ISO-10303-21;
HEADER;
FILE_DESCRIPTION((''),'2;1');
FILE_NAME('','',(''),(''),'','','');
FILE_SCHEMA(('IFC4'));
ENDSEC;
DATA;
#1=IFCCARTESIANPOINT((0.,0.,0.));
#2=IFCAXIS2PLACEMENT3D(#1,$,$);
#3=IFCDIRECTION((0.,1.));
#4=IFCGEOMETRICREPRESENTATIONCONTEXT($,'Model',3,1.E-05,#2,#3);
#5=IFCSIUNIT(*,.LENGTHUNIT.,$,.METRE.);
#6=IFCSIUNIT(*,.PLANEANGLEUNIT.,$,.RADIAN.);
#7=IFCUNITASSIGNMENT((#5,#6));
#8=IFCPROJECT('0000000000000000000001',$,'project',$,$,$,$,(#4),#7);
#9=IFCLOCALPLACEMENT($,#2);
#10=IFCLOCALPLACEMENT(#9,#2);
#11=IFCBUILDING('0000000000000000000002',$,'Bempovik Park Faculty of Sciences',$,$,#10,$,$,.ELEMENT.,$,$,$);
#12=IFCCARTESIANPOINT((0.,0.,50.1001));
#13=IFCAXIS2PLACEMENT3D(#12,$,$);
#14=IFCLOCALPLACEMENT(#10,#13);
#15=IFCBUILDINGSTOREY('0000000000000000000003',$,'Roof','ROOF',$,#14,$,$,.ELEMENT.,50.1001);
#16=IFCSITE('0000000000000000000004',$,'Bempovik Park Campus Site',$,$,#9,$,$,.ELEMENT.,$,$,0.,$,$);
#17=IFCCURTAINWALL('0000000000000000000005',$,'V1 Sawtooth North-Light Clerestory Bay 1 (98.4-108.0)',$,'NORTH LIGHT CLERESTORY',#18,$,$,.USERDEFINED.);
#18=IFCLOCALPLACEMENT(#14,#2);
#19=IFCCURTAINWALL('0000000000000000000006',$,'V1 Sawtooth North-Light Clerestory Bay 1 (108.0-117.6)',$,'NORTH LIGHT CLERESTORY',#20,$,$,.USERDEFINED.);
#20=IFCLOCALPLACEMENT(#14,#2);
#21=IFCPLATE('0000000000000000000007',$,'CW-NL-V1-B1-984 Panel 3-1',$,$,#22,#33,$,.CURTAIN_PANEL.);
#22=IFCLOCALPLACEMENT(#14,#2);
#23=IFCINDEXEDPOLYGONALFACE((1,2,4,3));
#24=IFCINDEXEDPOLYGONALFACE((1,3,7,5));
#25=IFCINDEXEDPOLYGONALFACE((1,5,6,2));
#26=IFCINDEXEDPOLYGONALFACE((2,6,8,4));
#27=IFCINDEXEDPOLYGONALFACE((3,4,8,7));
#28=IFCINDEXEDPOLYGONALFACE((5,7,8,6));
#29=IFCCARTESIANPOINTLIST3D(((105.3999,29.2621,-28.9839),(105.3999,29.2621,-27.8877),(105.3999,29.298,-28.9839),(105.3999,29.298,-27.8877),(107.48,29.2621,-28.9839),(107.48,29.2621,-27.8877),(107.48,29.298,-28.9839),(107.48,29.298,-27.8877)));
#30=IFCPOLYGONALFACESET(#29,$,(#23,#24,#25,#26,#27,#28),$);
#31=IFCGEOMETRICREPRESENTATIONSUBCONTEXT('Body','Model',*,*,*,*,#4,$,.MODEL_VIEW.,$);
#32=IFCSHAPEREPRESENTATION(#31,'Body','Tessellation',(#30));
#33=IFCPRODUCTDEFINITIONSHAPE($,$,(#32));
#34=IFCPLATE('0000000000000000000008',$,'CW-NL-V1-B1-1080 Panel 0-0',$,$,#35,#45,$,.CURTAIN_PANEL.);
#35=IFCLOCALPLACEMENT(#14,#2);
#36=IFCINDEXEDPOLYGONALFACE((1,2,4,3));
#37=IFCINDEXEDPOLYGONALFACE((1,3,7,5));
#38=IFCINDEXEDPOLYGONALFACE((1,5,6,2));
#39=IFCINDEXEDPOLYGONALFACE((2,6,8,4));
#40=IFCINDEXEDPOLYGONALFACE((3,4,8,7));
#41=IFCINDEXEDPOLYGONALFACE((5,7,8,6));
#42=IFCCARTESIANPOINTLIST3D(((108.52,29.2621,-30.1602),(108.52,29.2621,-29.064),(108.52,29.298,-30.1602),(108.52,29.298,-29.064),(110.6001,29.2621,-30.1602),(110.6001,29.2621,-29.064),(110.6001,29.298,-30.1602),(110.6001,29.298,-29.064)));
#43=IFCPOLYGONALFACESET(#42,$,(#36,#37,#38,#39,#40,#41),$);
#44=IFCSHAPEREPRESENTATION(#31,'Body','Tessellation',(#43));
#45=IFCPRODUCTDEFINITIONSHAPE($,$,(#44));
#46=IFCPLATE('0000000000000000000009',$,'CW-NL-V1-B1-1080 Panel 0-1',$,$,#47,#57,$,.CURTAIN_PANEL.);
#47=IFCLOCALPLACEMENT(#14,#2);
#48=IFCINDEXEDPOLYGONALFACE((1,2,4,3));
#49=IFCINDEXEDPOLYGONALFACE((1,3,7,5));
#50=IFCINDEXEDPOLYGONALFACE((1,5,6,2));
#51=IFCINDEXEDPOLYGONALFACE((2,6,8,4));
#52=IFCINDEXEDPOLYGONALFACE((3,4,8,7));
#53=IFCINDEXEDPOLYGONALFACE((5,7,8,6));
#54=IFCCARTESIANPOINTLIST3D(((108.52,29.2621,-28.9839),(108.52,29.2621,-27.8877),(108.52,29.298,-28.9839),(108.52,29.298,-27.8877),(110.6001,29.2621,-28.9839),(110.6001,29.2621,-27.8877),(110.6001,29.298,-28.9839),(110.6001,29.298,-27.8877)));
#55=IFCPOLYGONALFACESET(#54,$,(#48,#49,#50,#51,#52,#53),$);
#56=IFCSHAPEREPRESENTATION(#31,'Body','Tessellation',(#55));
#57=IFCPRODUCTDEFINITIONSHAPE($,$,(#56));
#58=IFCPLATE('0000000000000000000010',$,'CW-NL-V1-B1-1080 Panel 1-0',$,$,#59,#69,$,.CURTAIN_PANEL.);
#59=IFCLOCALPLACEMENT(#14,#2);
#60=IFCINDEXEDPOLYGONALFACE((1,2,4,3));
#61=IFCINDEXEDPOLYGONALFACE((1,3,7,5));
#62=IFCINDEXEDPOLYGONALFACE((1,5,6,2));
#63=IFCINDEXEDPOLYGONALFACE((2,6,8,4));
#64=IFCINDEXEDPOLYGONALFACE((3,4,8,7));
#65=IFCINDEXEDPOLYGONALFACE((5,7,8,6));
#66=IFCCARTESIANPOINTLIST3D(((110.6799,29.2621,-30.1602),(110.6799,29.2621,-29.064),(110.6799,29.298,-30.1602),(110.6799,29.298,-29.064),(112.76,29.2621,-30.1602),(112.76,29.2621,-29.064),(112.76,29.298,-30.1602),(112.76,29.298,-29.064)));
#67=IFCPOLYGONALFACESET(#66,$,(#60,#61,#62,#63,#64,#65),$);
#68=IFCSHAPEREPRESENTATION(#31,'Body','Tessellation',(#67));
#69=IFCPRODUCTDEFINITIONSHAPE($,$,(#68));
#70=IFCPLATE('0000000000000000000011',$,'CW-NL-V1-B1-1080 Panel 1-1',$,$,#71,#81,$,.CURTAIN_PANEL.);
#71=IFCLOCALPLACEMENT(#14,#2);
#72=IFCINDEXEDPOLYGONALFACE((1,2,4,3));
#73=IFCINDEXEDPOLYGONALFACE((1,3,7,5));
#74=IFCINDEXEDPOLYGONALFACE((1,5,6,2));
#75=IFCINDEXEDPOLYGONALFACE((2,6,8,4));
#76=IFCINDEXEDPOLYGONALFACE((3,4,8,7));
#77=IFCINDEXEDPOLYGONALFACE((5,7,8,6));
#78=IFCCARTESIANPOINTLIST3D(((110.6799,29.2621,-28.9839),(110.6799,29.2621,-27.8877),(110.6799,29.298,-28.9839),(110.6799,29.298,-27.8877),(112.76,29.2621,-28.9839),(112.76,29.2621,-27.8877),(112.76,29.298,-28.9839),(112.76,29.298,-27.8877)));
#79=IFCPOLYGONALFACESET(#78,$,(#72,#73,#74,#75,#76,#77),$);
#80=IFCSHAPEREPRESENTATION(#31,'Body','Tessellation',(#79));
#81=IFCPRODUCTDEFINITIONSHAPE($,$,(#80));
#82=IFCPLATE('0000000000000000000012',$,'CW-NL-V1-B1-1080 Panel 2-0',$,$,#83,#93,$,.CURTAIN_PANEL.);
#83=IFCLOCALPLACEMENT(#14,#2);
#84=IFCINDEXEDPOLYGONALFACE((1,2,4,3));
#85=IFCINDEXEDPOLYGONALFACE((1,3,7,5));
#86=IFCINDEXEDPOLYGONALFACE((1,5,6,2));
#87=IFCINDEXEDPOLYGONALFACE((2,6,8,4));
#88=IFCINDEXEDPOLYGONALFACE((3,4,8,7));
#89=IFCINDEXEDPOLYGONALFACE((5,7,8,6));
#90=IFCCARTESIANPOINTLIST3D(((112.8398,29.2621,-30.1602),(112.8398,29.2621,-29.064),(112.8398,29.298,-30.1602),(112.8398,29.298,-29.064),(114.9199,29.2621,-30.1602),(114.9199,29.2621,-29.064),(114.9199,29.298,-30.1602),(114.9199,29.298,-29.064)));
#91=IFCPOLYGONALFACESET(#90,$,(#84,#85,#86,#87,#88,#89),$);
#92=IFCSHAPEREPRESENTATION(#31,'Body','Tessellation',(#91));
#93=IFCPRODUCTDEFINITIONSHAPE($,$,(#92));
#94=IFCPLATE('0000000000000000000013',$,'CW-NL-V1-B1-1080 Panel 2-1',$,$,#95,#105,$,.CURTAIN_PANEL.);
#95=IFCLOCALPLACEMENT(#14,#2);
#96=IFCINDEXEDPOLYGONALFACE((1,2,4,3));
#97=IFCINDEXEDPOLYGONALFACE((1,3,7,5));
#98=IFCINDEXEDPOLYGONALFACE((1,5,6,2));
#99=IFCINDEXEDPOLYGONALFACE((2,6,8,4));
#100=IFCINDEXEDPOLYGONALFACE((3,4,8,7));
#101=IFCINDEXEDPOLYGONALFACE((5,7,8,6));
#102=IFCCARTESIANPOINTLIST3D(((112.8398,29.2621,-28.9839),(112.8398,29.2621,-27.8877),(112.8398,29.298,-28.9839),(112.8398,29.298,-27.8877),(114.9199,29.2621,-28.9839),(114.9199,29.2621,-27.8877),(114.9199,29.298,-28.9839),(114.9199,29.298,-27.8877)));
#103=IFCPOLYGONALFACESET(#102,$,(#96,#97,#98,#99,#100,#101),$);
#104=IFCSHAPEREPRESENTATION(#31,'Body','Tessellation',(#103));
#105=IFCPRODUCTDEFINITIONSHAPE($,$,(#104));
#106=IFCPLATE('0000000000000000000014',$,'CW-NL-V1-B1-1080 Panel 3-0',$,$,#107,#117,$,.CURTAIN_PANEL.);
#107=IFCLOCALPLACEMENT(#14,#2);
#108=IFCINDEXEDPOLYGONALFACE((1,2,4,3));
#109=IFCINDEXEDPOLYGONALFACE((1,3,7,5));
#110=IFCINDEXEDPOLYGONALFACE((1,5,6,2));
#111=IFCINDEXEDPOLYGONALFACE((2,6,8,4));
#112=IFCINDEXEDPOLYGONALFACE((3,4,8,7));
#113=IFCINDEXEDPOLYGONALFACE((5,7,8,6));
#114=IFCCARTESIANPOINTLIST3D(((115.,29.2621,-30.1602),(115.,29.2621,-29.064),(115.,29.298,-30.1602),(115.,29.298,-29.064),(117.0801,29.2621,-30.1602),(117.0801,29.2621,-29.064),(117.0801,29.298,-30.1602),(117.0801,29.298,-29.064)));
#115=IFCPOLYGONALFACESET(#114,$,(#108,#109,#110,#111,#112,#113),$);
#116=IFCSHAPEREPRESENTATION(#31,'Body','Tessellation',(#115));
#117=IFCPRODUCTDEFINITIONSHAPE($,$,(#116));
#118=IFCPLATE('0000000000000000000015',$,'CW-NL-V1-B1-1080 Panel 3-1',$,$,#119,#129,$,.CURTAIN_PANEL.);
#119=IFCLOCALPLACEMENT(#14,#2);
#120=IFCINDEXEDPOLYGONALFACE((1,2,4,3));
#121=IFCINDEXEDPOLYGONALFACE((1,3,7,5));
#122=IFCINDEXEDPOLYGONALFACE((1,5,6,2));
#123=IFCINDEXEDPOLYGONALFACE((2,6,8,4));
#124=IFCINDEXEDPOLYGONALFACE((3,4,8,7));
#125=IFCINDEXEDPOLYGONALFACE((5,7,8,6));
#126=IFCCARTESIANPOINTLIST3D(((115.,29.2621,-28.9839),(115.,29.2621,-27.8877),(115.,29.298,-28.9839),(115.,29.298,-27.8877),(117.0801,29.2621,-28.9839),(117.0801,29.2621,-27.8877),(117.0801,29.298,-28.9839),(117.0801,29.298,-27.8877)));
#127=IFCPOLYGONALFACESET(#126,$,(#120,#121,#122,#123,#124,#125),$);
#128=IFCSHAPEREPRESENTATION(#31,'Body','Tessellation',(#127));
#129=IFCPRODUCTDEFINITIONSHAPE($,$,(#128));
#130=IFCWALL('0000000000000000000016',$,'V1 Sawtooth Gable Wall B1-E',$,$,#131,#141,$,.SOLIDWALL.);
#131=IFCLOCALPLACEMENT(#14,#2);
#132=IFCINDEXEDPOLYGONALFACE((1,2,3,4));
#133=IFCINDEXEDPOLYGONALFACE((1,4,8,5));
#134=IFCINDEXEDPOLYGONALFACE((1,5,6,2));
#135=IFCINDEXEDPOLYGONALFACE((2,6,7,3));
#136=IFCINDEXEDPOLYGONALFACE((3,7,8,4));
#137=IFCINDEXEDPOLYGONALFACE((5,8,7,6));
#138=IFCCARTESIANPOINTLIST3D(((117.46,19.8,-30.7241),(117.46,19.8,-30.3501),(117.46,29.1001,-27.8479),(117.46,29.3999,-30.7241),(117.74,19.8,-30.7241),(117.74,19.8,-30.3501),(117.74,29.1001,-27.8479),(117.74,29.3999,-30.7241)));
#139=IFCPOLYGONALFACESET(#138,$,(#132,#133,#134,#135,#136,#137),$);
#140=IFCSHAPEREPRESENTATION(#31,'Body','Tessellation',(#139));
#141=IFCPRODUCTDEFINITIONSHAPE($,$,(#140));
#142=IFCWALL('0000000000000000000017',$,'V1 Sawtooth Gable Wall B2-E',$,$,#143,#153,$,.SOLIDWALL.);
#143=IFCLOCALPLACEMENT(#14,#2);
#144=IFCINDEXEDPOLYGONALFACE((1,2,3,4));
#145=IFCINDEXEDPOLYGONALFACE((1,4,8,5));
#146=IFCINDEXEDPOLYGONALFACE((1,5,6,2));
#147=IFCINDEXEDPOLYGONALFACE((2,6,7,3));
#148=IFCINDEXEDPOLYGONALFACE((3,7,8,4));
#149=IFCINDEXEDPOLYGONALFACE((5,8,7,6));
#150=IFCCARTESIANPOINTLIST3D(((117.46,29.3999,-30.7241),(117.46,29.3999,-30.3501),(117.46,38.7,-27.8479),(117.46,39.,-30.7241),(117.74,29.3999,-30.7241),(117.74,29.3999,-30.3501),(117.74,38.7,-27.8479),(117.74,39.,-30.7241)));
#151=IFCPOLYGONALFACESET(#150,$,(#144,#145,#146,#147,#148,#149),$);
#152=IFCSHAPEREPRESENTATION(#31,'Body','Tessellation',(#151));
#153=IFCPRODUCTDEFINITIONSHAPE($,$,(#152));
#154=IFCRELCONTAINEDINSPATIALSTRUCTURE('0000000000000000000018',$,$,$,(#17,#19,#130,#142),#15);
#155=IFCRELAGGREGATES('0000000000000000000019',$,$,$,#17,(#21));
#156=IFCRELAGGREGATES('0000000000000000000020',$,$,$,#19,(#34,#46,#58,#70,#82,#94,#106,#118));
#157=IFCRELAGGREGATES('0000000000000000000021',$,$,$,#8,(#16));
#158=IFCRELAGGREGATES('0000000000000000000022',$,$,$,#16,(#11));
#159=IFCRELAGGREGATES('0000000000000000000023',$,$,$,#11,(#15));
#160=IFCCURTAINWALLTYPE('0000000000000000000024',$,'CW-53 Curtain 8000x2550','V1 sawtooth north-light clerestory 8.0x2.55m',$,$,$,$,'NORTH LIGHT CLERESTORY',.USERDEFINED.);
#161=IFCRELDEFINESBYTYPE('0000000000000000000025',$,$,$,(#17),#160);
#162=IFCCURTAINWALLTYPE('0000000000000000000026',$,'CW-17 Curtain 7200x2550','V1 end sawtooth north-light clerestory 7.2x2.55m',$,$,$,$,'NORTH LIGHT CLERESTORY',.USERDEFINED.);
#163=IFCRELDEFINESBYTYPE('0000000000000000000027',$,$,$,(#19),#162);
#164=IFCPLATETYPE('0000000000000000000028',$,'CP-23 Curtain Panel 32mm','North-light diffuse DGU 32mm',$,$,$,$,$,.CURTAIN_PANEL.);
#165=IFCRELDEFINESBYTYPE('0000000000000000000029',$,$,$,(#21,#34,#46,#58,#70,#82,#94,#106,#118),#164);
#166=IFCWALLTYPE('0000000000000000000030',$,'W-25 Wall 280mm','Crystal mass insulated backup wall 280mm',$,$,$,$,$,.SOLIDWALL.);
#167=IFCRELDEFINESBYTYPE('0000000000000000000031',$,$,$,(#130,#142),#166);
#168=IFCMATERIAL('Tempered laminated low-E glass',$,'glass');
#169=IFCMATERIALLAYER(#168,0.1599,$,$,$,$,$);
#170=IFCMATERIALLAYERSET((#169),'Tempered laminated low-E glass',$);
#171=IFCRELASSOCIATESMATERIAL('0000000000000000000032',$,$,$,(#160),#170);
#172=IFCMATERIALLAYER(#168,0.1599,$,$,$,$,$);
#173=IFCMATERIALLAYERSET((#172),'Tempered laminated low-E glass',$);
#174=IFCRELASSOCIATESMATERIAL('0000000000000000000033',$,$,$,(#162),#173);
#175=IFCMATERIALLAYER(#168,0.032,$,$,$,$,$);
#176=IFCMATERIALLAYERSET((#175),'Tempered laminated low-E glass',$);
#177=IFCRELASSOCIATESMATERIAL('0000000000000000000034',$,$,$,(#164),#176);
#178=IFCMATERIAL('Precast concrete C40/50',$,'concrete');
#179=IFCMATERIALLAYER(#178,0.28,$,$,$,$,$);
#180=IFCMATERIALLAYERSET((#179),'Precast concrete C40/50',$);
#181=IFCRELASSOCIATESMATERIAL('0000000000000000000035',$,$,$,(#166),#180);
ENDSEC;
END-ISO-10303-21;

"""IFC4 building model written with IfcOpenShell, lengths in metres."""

from ifc_helpers import new_model, si_unit, direction, frame, origin, origin_2d, place, context, subcontext, project, spatial, polyline, rectangle, outline, extrude, material, layer, layer_set, type_object, element, aggregate, save


model = new_model("IFC4")

# Units and contexts
model_context = context("Model", 3, precision=1e-05, world=origin(), true_north=direction((0.0, 1.0)))
body_context = subcontext(model_context, "Body", "Model", "MODEL_VIEW")
ifc_project = project(units=[si_unit("LENGTHUNIT", "METRE"), si_unit("PLANEANGLEUNIT", "RADIAN")], contexts=[model_context])

# Site, building, storey
site_placement = place(None, origin())
site = spatial("IfcSite", under=ifc_project, at=site_placement, Name="Bempovik Park Campus Site", CompositionType="ELEMENT", RefElevation=0.0)
building_placement = place(site_placement, origin())
building = spatial("IfcBuilding", under=site, at=building_placement, Name="Bempovik Park Faculty of Sciences", CompositionType="ELEMENT")
storey_placement = place(building_placement, frame((0.0, 0.0, 50.1001)))
storey = spatial("IfcBuildingStorey", under=building, at=storey_placement, Name="Roof", Description="ROOF", CompositionType="ELEMENT", Elevation=50.1001)

# Curtain walls
ifc_material_1 = material(Name="Tempered laminated low-E glass", Category="glass")
ifc_layer_1 = layer(ifc_material_1, 0.1599)
ifc_layer_set_1 = layer_set([ifc_layer_1], Name="Tempered laminated low-E glass")
curtain_wall_type_1 = type_object("IfcCurtainWallType", Name="CW-53 Curtain 8000x2550", Description="V1 sawtooth north-light clerestory 8.0x2.55m", ElementType="NORTH LIGHT CLERESTORY", PredefinedType="USERDEFINED", material=ifc_layer_set_1)
curtain_wall_1_placement = place(storey_placement, origin())
curtain_wall_1 = element("IfcCurtainWall", 1, at=curtain_wall_1_placement, inside=storey, type_object=curtain_wall_type_1, Name="V1 Sawtooth North-Light Clerestory Bay 1 (98.4-108.0)", ObjectType="NORTH LIGHT CLERESTORY", PredefinedType="USERDEFINED")
ifc_layer_2 = layer(ifc_material_1, 0.1599)
ifc_layer_set_2 = layer_set([ifc_layer_2], Name="Tempered laminated low-E glass")
curtain_wall_type_2 = type_object("IfcCurtainWallType", Name="CW-17 Curtain 7200x2550", Description="V1 end sawtooth north-light clerestory 7.2x2.55m", ElementType="NORTH LIGHT CLERESTORY", PredefinedType="USERDEFINED", material=ifc_layer_set_2)
curtain_wall_2_placement = place(storey_placement, origin())
curtain_wall_2 = element("IfcCurtainWall", 2, at=curtain_wall_2_placement, inside=storey, type_object=curtain_wall_type_2, Name="V1 Sawtooth North-Light Clerestory Bay 1 (108.0-117.6)", ObjectType="NORTH LIGHT CLERESTORY", PredefinedType="USERDEFINED")

# Plates
ifc_layer_3 = layer(ifc_material_1, 0.032)
ifc_layer_set_3 = layer_set([ifc_layer_3], Name="Tempered laminated low-E glass")
plate_type = type_object("IfcPlateType", Name="CP-23 Curtain Panel 32mm", Description="North-light diffuse DGU 32mm", PredefinedType="CURTAIN_PANEL", material=ifc_layer_set_3)
plate_1_placement = place(storey_placement, frame((106.4399, 29.28, -28.9839), z_axis=(0.0, 0.0, 1.0), x_axis=(1.0, 0.0, 0.0)))
plate_1 = element("IfcPlate", 3, at=plate_1_placement, type_object=plate_type, Name="CW-NL-V1-B1-984 Panel 3-1", PredefinedType="CURTAIN_PANEL", context=body_context, shape_type="SweptSolid", body=[
    extrude(rectangle(XDim=2.0801, YDim=0.0359, at=origin_2d()), origin(), (0.0, 0.0, 1.0), 1.0962),
])
aggregate(curtain_wall_1, [plate_1])
plate_2_placement = place(storey_placement, frame((109.5601, 29.28, -30.1602), z_axis=(0.0, 0.0, 1.0), x_axis=(1.0, 0.0, 0.0)))
plate_2 = element("IfcPlate", 4, at=plate_2_placement, type_object=plate_type, Name="CW-NL-V1-B1-1080 Panel 0-0", PredefinedType="CURTAIN_PANEL", context=body_context, shape_type="SweptSolid", body=[
    extrude(rectangle(XDim=2.0801, YDim=0.0359, at=origin_2d()), origin(), (0.0, 0.0, 1.0), 1.0962),
])
plate_3_placement = place(storey_placement, frame((109.5601, 29.28, -28.9839), z_axis=(0.0, 0.0, 1.0), x_axis=(1.0, 0.0, 0.0)))
plate_3 = element("IfcPlate", 5, at=plate_3_placement, type_object=plate_type, Name="CW-NL-V1-B1-1080 Panel 0-1", PredefinedType="CURTAIN_PANEL", context=body_context, shape_type="SweptSolid", body=[
    extrude(rectangle(XDim=2.0801, YDim=0.0359, at=origin_2d()), origin(), (0.0, 0.0, 1.0), 1.0962),
])
plate_4_placement = place(storey_placement, frame((111.72, 29.28, -30.1602), z_axis=(0.0, 0.0, 1.0), x_axis=(1.0, 0.0, 0.0)))
plate_4 = element("IfcPlate", 6, at=plate_4_placement, type_object=plate_type, Name="CW-NL-V1-B1-1080 Panel 1-0", PredefinedType="CURTAIN_PANEL", context=body_context, shape_type="SweptSolid", body=[
    extrude(rectangle(XDim=2.0801, YDim=0.0359, at=origin_2d()), origin(), (0.0, 0.0, 1.0), 1.0962),
])
plate_5_placement = place(storey_placement, frame((111.72, 29.28, -28.9839), z_axis=(0.0, 0.0, 1.0), x_axis=(1.0, 0.0, 0.0)))
plate_5 = element("IfcPlate", 7, at=plate_5_placement, type_object=plate_type, Name="CW-NL-V1-B1-1080 Panel 1-1", PredefinedType="CURTAIN_PANEL", context=body_context, shape_type="SweptSolid", body=[
    extrude(rectangle(XDim=2.0801, YDim=0.0359, at=origin_2d()), origin(), (0.0, 0.0, 1.0), 1.0962),
])
plate_6_placement = place(storey_placement, frame((113.8799, 29.28, -30.1602), z_axis=(0.0, 0.0, 1.0), x_axis=(1.0, 0.0, 0.0)))
plate_6 = element("IfcPlate", 8, at=plate_6_placement, type_object=plate_type, Name="CW-NL-V1-B1-1080 Panel 2-0", PredefinedType="CURTAIN_PANEL", context=body_context, shape_type="SweptSolid", body=[
    extrude(rectangle(XDim=2.0801, YDim=0.0359, at=origin_2d()), origin(), (0.0, 0.0, 1.0), 1.0962),
])
plate_7_placement = place(storey_placement, frame((113.8799, 29.28, -28.9839), z_axis=(0.0, 0.0, 1.0), x_axis=(1.0, 0.0, 0.0)))
plate_7 = element("IfcPlate", 9, at=plate_7_placement, type_object=plate_type, Name="CW-NL-V1-B1-1080 Panel 2-1", PredefinedType="CURTAIN_PANEL", context=body_context, shape_type="SweptSolid", body=[
    extrude(rectangle(XDim=2.0801, YDim=0.0359, at=origin_2d()), origin(), (0.0, 0.0, 1.0), 1.0962),
])
plate_8_placement = place(storey_placement, frame((116.04, 29.28, -30.1602), z_axis=(0.0, 0.0, 1.0), x_axis=(1.0, 0.0, 0.0)))
plate_8 = element("IfcPlate", 10, at=plate_8_placement, type_object=plate_type, Name="CW-NL-V1-B1-1080 Panel 3-0", PredefinedType="CURTAIN_PANEL", context=body_context, shape_type="SweptSolid", body=[
    extrude(rectangle(XDim=2.0801, YDim=0.0359, at=origin_2d()), origin(), (0.0, 0.0, 1.0), 1.0962),
])
plate_9_placement = place(storey_placement, frame((116.04, 29.28, -28.9839), z_axis=(0.0, 0.0, 1.0), x_axis=(1.0, 0.0, 0.0)))
plate_9 = element("IfcPlate", 11, at=plate_9_placement, type_object=plate_type, Name="CW-NL-V1-B1-1080 Panel 3-1", PredefinedType="CURTAIN_PANEL", context=body_context, shape_type="SweptSolid", body=[
    extrude(rectangle(XDim=2.0801, YDim=0.0359, at=origin_2d()), origin(), (0.0, 0.0, 1.0), 1.0962),
])
aggregate(curtain_wall_2, [plate_2, plate_3, plate_4, plate_5, plate_6, plate_7, plate_8, plate_9])

# Walls
ifc_material_2 = material(Name="Precast concrete C40/50", Category="concrete")
ifc_layer_4 = layer(ifc_material_2, 0.28)
ifc_layer_set_4 = layer_set([ifc_layer_4], Name="Precast concrete C40/50")
wall_type = type_object("IfcWallType", Name="W-25 Wall 280mm", Description="Crystal mass insulated backup wall 280mm", PredefinedType="SOLIDWALL", material=ifc_layer_set_4)
wall_1_placement = place(storey_placement, frame((117.6001, 19.8, -30.7241), z_axis=(0.0, 0.0, 1.0), x_axis=(0.0, 1.0, 0.0)))
element("IfcWall", 12, at=wall_1_placement, inside=storey, type_object=wall_type, Name="V1 Sawtooth Gable Wall B1-E", PredefinedType="SOLIDWALL", context=body_context, shape_type="SweptSolid", body=[
    extrude(outline(polyline([(0.0, 0.0), (9.5999, 0.0), (9.3, 2.8762), (0.0, 0.374), (0.0, 0.0)])), frame((0.0, 0.1401, 0.0), z_axis=(0.0, -1.0, 0.0), x_axis=(1.0, 0.0, 0.0)), (0.0, 0.0, 1.0), 0.28),
])
wall_2_placement = place(storey_placement, frame((117.6001, 29.3999, -30.7241), z_axis=(0.0, 0.0, 1.0), x_axis=(0.0, 1.0, 0.0)))
element("IfcWall", 13, at=wall_2_placement, inside=storey, type_object=wall_type, Name="V1 Sawtooth Gable Wall B2-E", PredefinedType="SOLIDWALL", context=body_context, shape_type="SweptSolid", body=[
    extrude(outline(polyline([(0.0, 0.0), (9.6001, 0.0), (9.3, 2.8762), (0.0, 0.374), (0.0, 0.0)])), frame((0.0, 0.1401, 0.0), z_axis=(0.0, -1.0, 0.0), x_axis=(1.0, 0.0, 0.0)), (0.0, 0.0, 1.0), 0.28),
])

save(model, "model.ifc")
